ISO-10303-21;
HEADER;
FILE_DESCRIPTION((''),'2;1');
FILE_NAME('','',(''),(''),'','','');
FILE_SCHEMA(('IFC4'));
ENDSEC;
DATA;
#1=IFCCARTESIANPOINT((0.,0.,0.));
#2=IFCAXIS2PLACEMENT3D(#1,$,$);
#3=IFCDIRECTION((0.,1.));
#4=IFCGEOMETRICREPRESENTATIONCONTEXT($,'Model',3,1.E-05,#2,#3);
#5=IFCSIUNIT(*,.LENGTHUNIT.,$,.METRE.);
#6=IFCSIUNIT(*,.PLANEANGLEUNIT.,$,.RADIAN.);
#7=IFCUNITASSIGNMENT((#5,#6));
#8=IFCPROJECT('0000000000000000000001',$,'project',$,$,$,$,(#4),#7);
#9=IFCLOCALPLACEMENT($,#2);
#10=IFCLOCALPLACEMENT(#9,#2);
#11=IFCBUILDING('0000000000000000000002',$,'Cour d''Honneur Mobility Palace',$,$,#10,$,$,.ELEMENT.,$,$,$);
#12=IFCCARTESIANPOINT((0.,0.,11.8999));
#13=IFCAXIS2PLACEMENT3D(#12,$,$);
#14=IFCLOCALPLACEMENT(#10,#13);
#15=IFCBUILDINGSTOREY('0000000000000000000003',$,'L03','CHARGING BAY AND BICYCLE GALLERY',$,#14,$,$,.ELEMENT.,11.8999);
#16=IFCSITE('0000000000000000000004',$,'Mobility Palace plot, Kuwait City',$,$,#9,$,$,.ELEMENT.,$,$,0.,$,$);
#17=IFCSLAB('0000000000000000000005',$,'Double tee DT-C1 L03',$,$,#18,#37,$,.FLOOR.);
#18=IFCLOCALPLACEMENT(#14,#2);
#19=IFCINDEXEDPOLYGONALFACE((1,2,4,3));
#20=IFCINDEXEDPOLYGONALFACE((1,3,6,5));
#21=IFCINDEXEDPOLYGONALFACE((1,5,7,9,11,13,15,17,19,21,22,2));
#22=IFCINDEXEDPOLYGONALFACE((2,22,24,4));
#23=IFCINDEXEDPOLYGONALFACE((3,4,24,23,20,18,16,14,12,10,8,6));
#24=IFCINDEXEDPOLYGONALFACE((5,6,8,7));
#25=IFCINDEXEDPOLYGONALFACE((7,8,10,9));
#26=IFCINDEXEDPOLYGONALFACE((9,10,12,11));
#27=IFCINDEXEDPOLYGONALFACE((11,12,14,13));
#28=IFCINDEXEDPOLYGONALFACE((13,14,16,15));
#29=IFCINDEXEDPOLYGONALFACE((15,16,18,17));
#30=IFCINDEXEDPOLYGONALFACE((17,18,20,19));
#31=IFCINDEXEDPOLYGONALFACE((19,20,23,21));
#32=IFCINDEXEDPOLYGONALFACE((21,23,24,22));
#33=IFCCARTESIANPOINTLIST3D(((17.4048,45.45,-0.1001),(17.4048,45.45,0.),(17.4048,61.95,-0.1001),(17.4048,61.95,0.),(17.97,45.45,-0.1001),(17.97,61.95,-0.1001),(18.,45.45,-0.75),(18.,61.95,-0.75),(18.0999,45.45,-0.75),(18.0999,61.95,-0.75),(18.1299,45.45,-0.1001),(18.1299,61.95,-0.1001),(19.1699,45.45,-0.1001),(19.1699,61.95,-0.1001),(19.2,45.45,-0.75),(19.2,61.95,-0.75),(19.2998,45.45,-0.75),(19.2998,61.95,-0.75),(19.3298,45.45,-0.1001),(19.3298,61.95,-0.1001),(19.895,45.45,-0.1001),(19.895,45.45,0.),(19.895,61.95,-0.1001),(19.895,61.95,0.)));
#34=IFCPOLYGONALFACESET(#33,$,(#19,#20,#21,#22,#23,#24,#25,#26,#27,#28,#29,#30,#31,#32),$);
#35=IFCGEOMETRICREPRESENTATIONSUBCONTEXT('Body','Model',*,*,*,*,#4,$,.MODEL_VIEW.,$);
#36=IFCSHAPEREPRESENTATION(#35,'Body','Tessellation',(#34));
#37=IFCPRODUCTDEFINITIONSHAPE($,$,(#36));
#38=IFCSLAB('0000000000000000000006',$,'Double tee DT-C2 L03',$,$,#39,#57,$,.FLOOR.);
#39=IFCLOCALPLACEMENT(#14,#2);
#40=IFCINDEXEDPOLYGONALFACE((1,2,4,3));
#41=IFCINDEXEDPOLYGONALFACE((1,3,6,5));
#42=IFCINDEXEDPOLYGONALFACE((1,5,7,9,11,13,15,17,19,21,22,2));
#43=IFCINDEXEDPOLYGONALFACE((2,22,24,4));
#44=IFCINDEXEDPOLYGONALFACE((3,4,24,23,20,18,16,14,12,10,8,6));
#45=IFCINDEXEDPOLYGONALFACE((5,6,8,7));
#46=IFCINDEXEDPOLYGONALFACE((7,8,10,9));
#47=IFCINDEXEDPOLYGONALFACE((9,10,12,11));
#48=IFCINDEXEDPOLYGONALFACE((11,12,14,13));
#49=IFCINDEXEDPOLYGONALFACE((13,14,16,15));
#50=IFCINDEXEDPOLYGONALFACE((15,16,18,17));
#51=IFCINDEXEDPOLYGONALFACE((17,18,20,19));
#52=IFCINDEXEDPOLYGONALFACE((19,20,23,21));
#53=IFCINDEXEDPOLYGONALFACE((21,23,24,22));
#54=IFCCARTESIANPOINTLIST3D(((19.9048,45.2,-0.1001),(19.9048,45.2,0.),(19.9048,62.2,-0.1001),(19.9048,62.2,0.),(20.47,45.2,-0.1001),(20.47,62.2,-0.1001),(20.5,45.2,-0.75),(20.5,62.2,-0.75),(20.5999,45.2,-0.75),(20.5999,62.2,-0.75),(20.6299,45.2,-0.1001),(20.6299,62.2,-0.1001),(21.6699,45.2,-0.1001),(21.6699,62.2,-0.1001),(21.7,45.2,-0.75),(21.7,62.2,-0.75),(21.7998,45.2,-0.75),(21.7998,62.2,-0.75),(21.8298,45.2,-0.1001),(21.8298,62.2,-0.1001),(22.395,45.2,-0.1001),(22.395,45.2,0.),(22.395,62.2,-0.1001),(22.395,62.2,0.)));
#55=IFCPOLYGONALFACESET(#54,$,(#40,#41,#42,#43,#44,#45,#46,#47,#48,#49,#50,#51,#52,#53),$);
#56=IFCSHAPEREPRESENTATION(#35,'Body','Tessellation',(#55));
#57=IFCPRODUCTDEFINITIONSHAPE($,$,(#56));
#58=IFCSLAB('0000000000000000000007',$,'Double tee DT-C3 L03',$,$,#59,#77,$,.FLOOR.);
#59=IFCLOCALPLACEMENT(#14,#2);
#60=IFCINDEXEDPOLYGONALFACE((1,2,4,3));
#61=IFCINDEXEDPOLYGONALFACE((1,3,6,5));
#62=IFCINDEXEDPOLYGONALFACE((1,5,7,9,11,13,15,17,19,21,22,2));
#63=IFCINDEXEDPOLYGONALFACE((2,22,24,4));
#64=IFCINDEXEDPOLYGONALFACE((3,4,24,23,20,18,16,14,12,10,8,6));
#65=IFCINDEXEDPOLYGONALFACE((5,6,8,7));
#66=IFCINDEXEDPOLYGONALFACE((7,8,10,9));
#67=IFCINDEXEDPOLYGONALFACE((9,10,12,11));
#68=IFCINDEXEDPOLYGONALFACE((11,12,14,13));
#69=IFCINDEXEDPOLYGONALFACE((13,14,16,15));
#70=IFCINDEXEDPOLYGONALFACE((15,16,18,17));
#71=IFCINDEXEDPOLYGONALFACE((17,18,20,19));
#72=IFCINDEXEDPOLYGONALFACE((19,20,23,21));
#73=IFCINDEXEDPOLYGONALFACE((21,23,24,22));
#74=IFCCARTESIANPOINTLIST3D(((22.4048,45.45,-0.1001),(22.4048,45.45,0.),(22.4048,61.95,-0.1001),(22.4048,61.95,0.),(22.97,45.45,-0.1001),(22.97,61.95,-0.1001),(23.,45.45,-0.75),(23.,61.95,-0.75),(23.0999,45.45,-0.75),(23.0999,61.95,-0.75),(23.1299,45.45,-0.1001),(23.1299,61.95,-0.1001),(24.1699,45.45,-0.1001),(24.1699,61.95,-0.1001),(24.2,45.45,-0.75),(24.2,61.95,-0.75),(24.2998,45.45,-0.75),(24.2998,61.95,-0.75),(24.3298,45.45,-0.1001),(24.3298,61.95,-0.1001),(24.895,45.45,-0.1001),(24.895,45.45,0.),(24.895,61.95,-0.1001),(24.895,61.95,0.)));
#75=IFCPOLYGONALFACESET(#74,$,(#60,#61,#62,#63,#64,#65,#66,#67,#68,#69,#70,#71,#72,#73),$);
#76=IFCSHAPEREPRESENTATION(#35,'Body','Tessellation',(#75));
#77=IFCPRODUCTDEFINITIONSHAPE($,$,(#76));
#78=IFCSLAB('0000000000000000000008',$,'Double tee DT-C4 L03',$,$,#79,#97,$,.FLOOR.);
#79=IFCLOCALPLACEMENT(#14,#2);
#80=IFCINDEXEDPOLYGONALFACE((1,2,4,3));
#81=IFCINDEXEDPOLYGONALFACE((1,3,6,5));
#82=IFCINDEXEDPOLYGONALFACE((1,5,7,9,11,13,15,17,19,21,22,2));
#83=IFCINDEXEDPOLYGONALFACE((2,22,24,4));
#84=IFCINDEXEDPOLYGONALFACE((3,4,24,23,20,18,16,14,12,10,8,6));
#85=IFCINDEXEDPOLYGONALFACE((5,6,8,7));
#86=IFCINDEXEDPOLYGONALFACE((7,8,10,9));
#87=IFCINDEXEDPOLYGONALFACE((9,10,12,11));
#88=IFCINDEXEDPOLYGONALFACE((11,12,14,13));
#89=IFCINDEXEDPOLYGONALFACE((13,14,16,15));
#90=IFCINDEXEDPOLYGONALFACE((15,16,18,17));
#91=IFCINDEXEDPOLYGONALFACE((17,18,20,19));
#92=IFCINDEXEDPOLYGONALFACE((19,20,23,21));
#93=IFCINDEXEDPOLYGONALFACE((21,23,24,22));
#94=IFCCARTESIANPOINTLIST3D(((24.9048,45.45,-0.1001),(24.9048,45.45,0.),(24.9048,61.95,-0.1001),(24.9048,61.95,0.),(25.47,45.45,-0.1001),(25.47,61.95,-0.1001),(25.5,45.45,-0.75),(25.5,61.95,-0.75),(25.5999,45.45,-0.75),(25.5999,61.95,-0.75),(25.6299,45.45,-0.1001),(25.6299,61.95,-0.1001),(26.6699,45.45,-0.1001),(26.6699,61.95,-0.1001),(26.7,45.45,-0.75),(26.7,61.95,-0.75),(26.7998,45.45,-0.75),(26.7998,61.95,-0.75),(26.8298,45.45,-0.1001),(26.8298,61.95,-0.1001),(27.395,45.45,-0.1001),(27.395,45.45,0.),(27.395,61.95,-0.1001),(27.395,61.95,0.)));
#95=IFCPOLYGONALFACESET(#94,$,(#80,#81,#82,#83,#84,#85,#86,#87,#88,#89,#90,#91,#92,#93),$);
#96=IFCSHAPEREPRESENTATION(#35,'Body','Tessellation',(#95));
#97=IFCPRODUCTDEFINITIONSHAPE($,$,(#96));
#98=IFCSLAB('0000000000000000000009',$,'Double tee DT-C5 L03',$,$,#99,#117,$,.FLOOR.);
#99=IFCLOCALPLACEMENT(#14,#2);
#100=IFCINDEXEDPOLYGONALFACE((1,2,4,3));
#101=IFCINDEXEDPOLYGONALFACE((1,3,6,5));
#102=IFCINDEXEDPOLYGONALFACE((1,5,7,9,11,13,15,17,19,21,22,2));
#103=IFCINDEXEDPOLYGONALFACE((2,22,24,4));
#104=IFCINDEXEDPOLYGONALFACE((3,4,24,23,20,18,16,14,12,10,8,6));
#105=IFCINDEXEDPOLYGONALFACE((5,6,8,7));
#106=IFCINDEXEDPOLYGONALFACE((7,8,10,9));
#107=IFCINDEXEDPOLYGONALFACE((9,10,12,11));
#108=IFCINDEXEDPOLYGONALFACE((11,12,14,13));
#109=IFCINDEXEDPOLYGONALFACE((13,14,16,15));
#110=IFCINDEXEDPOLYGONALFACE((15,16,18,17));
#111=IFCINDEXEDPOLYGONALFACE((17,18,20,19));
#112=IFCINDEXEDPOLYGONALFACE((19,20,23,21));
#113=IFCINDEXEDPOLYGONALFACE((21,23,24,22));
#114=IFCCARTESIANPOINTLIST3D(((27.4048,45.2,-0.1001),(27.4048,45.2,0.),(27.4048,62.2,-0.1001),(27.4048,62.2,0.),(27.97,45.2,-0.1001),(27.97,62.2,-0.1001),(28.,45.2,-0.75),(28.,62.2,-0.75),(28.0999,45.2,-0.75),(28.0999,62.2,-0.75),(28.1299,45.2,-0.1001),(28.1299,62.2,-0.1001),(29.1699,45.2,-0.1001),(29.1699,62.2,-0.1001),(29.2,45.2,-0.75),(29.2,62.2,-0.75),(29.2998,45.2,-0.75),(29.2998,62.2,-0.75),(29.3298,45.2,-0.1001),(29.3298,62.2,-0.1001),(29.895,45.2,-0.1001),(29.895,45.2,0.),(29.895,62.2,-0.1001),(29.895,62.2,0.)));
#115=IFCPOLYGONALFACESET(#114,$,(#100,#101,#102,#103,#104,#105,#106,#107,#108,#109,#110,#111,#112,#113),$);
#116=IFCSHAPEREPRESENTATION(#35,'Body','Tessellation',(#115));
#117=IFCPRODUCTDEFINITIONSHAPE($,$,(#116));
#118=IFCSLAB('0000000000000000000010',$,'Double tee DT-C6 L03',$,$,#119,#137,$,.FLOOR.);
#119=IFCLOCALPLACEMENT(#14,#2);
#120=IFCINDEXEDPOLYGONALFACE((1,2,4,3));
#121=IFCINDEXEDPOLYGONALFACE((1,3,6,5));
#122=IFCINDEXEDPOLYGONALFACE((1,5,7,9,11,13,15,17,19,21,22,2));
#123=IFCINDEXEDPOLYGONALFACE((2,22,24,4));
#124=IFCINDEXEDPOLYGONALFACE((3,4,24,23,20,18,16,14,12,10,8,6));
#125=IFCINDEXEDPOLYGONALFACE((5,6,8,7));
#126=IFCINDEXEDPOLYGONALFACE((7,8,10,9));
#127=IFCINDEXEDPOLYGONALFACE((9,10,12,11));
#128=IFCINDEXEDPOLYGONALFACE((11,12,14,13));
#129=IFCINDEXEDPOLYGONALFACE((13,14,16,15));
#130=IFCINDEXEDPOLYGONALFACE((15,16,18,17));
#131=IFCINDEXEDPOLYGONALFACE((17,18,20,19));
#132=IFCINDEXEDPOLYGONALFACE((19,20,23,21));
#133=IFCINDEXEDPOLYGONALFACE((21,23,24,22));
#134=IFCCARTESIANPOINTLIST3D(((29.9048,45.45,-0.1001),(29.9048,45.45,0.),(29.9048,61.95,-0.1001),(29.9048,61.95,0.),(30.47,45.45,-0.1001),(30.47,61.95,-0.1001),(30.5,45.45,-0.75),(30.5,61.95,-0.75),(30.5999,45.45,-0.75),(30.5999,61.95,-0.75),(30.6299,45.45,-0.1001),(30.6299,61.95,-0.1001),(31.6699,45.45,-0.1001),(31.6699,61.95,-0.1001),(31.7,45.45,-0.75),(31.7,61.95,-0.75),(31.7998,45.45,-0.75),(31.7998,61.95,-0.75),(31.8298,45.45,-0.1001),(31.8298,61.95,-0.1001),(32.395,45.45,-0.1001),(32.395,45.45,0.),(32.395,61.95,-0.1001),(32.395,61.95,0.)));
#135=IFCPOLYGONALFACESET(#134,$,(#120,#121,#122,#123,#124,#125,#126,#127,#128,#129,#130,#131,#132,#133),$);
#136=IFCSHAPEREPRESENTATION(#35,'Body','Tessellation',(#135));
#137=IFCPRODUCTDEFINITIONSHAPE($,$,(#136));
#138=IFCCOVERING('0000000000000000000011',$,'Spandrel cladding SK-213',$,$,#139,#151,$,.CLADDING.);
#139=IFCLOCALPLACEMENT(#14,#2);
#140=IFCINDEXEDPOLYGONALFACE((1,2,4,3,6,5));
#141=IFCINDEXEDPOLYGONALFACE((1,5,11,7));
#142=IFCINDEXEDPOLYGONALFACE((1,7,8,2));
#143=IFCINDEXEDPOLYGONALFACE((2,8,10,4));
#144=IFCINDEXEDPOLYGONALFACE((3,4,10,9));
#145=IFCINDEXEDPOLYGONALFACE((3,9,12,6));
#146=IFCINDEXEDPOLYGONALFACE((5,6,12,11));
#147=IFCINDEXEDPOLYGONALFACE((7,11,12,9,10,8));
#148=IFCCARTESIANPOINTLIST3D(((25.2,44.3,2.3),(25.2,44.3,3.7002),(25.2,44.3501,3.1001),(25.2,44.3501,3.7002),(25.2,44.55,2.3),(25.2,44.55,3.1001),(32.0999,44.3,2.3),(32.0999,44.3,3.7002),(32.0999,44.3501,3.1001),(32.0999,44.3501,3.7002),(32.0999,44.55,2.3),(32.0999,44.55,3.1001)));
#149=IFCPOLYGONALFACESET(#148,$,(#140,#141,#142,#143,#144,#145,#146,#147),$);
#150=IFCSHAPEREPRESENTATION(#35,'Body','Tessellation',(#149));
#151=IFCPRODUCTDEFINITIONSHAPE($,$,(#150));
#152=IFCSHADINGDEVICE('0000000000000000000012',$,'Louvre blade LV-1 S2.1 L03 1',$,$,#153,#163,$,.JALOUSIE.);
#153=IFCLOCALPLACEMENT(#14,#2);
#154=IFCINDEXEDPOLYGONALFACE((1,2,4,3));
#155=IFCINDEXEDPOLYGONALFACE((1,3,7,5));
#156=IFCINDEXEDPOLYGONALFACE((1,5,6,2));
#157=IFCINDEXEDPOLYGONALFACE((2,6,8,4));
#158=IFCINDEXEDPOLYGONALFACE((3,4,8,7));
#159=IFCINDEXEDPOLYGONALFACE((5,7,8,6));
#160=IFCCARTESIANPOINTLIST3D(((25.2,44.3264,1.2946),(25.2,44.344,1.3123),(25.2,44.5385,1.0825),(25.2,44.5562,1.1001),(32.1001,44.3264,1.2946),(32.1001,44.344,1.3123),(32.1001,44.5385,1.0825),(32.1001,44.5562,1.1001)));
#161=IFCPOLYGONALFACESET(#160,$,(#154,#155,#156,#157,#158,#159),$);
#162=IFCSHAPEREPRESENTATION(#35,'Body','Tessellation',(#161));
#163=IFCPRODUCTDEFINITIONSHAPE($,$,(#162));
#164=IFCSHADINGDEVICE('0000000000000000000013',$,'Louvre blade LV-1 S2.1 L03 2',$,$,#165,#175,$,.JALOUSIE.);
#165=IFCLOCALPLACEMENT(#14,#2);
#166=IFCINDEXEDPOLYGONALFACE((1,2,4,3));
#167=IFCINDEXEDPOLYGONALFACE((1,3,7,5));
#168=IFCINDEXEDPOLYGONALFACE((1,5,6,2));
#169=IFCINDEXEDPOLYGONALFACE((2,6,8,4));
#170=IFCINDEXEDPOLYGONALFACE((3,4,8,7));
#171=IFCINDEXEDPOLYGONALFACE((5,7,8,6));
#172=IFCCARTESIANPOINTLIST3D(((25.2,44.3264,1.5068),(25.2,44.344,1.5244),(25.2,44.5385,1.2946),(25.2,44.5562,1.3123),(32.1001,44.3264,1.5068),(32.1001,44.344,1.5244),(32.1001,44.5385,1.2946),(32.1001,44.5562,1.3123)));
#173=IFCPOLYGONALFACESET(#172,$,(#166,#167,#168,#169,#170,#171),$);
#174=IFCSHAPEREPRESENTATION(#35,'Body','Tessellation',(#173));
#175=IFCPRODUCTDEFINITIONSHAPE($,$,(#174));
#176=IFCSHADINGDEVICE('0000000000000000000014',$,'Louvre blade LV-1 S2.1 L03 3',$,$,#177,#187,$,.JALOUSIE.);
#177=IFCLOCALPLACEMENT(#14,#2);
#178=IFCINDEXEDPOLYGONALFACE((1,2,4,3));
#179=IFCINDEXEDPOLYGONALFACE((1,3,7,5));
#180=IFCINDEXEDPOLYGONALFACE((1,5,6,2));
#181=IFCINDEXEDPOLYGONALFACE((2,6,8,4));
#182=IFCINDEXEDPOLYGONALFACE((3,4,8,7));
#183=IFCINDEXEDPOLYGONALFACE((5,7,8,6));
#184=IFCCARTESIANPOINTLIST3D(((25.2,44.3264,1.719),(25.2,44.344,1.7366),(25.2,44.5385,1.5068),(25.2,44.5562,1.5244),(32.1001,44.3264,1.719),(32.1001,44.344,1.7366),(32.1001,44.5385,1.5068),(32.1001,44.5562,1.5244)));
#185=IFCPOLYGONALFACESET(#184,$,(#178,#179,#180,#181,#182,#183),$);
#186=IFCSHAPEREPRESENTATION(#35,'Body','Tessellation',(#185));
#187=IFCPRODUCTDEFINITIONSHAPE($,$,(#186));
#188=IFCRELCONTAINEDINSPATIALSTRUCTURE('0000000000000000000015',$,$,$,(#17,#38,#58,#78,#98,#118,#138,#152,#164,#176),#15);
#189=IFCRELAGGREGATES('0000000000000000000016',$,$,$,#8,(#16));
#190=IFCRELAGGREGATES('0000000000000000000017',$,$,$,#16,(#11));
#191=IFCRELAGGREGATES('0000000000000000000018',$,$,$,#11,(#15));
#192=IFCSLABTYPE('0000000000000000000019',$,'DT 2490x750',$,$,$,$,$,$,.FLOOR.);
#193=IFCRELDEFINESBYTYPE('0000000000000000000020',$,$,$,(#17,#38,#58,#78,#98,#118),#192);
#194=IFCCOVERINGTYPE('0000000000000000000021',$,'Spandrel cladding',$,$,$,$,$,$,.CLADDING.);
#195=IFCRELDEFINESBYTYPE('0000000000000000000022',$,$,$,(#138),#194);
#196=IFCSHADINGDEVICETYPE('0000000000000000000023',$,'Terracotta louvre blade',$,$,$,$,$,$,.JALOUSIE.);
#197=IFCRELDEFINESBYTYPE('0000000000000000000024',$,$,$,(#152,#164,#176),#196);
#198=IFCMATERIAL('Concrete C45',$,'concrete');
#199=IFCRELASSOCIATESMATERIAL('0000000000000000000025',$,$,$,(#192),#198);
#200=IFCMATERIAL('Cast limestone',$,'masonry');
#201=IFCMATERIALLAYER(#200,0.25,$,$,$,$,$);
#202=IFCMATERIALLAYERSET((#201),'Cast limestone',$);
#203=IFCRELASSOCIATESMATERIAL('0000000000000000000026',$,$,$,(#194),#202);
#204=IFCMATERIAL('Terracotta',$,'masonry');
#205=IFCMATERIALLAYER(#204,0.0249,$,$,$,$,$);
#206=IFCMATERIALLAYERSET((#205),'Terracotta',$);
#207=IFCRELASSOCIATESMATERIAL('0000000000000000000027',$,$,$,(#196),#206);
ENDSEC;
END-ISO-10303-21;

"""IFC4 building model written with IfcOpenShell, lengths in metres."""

from ifc_helpers import new_model, si_unit, direction, frame, origin, place, context, subcontext, project, spatial, polyline, outline, extrude, material, layer, layer_set, material_profile, profile_set, type_object, element, save


model = new_model("IFC4")

# Units and contexts
model_context = context("Model", 3, precision=1e-05, world=origin(), true_north=direction((0.0, 1.0)))
body_context = subcontext(model_context, "Body", "Model", "MODEL_VIEW")
ifc_project = project(units=[si_unit("LENGTHUNIT", "METRE"), si_unit("PLANEANGLEUNIT", "RADIAN")], contexts=[model_context])

# Site, building, storey
site_placement = place(None, origin())
site = spatial("IfcSite", under=ifc_project, at=site_placement, Name="Mobility Palace plot, Kuwait City", CompositionType="ELEMENT", RefElevation=0.0)
building_placement = place(site_placement, origin())
building = spatial("IfcBuilding", under=site, at=building_placement, Name="Cour d'Honneur Mobility Palace", CompositionType="ELEMENT")
storey_placement = place(building_placement, frame((0.0, 0.0, 11.8999)))
storey = spatial("IfcBuildingStorey", under=building, at=storey_placement, Name="L03", Description="CHARGING BAY AND BICYCLE GALLERY", CompositionType="ELEMENT", Elevation=11.8999)

# Slabs
ifc_material_1 = material(Name="Concrete C45", Category="concrete")
ifc_material_profile_1 = material_profile(ifc_material_1, outline(polyline([(-1.2451, 0.0), (1.2451, 0.0), (1.2451, -0.1001), (0.6799, -0.1001), (0.6499, -0.75), (0.55, -0.75), (0.52, -0.1001), (-0.52, -0.1001), (-0.55, -0.75), (-0.6499, -0.75), (-0.6799, -0.1001), (-1.2451, -0.1001), (-1.2451, 0.0)])), Name="DT 2490x750")
ifc_profile_set_1 = profile_set([ifc_material_profile_1], Name="Concrete C45")
slab_type = type_object("IfcSlabType", Name="DT 2490x750", PredefinedType="FLOOR", material=ifc_profile_set_1)
slab_1_placement = place(storey_placement, frame((18.6499, 45.45, 0.0), z_axis=(0.0, 1.0, 0.0), x_axis=(-1.0, 0.0, 0.0)))
element("IfcSlab", 1, at=slab_1_placement, inside=storey, type_object=slab_type, Name="Double tee DT-C1 L03", PredefinedType="FLOOR", context=body_context, shape_type="SweptSolid", body=[
    extrude(outline(polyline([(-1.2451, 0.0), (1.2451, 0.0), (1.2451, -0.1001), (0.6799, -0.1001), (0.6499, -0.75), (0.55, -0.75), (0.52, -0.1001), (-0.52, -0.1001), (-0.55, -0.75), (-0.6499, -0.75), (-0.6799, -0.1001), (-1.2451, -0.1001), (-1.2451, 0.0)])), origin(), (0.0, 0.0, 1.0), 16.5),
])
slab_2_placement = place(storey_placement, frame((21.1499, 45.2, 0.0), z_axis=(0.0, 1.0, 0.0), x_axis=(-1.0, 0.0, 0.0)))
element("IfcSlab", 2, at=slab_2_placement, inside=storey, type_object=slab_type, Name="Double tee DT-C2 L03", PredefinedType="FLOOR", context=body_context, shape_type="SweptSolid", body=[
    extrude(outline(polyline([(-1.2451, 0.0), (1.2451, 0.0), (1.2451, -0.1001), (0.6799, -0.1001), (0.6499, -0.75), (0.55, -0.75), (0.52, -0.1001), (-0.52, -0.1001), (-0.55, -0.75), (-0.6499, -0.75), (-0.6799, -0.1001), (-1.2451, -0.1001), (-1.2451, 0.0)])), origin(), (0.0, 0.0, 1.0), 17.0),
])
for number, where, z_axis, x_axis, name in (
    (3, (23.6499, 45.45, 0.0), (0.0, 1.0, 0.0), (-1.0, 0.0, 0.0), "Double tee DT-C3 L03"),
    (4, (26.1499, 45.45, 0.0), (0.0, 1.0, 0.0), (-1.0, 0.0, 0.0), "Double tee DT-C4 L03"),
):
    element("IfcSlab", number, at=place(storey_placement, frame(where, z_axis=z_axis, x_axis=x_axis)), inside=storey, type_object=slab_type, Name=name, PredefinedType="FLOOR", context=body_context, shape_type="SweptSolid", body=[
        extrude(outline(polyline([(-1.2451, 0.0), (1.2451, 0.0), (1.2451, -0.1001), (0.6799, -0.1001), (0.6499, -0.75), (0.55, -0.75), (0.52, -0.1001), (-0.52, -0.1001), (-0.55, -0.75), (-0.6499, -0.75), (-0.6799, -0.1001), (-1.2451, -0.1001), (-1.2451, 0.0)])), origin(), (0.0, 0.0, 1.0), 16.5),
    ])
slab_3_placement = place(storey_placement, frame((28.6499, 45.2, 0.0), z_axis=(0.0, 1.0, 0.0), x_axis=(-1.0, 0.0, 0.0)))
element("IfcSlab", 5, at=slab_3_placement, inside=storey, type_object=slab_type, Name="Double tee DT-C5 L03", PredefinedType="FLOOR", context=body_context, shape_type="SweptSolid", body=[
    extrude(outline(polyline([(-1.2451, 0.0), (1.2451, 0.0), (1.2451, -0.1001), (0.6799, -0.1001), (0.6499, -0.75), (0.55, -0.75), (0.52, -0.1001), (-0.52, -0.1001), (-0.55, -0.75), (-0.6499, -0.75), (-0.6799, -0.1001), (-1.2451, -0.1001), (-1.2451, 0.0)])), origin(), (0.0, 0.0, 1.0), 17.0),
])
slab_4_placement = place(storey_placement, frame((31.1499, 45.45, 0.0), z_axis=(0.0, 1.0, 0.0), x_axis=(-1.0, 0.0, 0.0)))
element("IfcSlab", 6, at=slab_4_placement, inside=storey, type_object=slab_type, Name="Double tee DT-C6 L03", PredefinedType="FLOOR", context=body_context, shape_type="SweptSolid", body=[
    extrude(outline(polyline([(-1.2451, 0.0), (1.2451, 0.0), (1.2451, -0.1001), (0.6799, -0.1001), (0.6499, -0.75), (0.55, -0.75), (0.52, -0.1001), (-0.52, -0.1001), (-0.55, -0.75), (-0.6499, -0.75), (-0.6799, -0.1001), (-1.2451, -0.1001), (-1.2451, 0.0)])), origin(), (0.0, 0.0, 1.0), 16.5),
])

# Covering
ifc_material_2 = material(Name="Cast limestone", Category="masonry")
ifc_layer_1 = layer(ifc_material_2, 0.25)
ifc_layer_set_1 = layer_set([ifc_layer_1], Name="Cast limestone")
covering_type = type_object("IfcCoveringType", Name="Spandrel cladding", PredefinedType="CLADDING", material=ifc_layer_set_1)
covering_placement = place(storey_placement, frame((25.2, 44.55, 2.3), z_axis=(-1.0, 0.0, 0.0), x_axis=(0.0, -1.0, 0.0)))
element("IfcCovering", 7, at=covering_placement, inside=storey, type_object=covering_type, Name="Spandrel cladding SK-213", PredefinedType="CLADDING", context=body_context, shape_type="SweptSolid", body=[
    extrude(outline(polyline([(0.0, 0.0), (0.25, 0.0), (0.25, 1.4001), (0.2, 1.4001), (0.2, 0.8), (0.0, 0.8), (0.0, 0.0)])), origin(), (0.0, 0.0, -1.0), 6.8999),
])

# Shading devices
ifc_material_3 = material(Name="Terracotta", Category="masonry")
ifc_layer_2 = layer(ifc_material_3, 0.0249)
ifc_layer_set_2 = layer_set([ifc_layer_2], Name="Terracotta")
shading_device_type = type_object("IfcShadingDeviceType", Name="Terracotta louvre blade", PredefinedType="JALOUSIE", material=ifc_layer_set_2)
for number, where, z_axis, x_axis, name in (
    (8, (25.2, 44.5562, 1.1001), (0.0, 0.707107, 0.707107), (1.0, 0.0, 0.0), "Louvre blade LV-1 S2.1 L03 1"),
    (9, (25.2, 44.5562, 1.3123), (0.0, 0.707107, 0.707107), (1.0, 0.0, 0.0), "Louvre blade LV-1 S2.1 L03 2"),
    (10, (25.2, 44.5562, 1.5244), (0.0, 0.707107, 0.707107), (1.0, 0.0, 0.0), "Louvre blade LV-1 S2.1 L03 3"),
):
    element("IfcShadingDevice", number, at=place(storey_placement, frame(where, z_axis=z_axis, x_axis=x_axis)), inside=storey, type_object=shading_device_type, Name=name, PredefinedType="JALOUSIE", context=body_context, shape_type="SweptSolid", body=[
        extrude(outline(polyline([(0.0, 0.0), (6.9001, 0.0), (6.9001, -0.3), (0.0, -0.3), (0.0, 0.0)])), origin(), (0.0, 0.0, -1.0), 0.0249),
    ])

save(model, "model.ifc")
